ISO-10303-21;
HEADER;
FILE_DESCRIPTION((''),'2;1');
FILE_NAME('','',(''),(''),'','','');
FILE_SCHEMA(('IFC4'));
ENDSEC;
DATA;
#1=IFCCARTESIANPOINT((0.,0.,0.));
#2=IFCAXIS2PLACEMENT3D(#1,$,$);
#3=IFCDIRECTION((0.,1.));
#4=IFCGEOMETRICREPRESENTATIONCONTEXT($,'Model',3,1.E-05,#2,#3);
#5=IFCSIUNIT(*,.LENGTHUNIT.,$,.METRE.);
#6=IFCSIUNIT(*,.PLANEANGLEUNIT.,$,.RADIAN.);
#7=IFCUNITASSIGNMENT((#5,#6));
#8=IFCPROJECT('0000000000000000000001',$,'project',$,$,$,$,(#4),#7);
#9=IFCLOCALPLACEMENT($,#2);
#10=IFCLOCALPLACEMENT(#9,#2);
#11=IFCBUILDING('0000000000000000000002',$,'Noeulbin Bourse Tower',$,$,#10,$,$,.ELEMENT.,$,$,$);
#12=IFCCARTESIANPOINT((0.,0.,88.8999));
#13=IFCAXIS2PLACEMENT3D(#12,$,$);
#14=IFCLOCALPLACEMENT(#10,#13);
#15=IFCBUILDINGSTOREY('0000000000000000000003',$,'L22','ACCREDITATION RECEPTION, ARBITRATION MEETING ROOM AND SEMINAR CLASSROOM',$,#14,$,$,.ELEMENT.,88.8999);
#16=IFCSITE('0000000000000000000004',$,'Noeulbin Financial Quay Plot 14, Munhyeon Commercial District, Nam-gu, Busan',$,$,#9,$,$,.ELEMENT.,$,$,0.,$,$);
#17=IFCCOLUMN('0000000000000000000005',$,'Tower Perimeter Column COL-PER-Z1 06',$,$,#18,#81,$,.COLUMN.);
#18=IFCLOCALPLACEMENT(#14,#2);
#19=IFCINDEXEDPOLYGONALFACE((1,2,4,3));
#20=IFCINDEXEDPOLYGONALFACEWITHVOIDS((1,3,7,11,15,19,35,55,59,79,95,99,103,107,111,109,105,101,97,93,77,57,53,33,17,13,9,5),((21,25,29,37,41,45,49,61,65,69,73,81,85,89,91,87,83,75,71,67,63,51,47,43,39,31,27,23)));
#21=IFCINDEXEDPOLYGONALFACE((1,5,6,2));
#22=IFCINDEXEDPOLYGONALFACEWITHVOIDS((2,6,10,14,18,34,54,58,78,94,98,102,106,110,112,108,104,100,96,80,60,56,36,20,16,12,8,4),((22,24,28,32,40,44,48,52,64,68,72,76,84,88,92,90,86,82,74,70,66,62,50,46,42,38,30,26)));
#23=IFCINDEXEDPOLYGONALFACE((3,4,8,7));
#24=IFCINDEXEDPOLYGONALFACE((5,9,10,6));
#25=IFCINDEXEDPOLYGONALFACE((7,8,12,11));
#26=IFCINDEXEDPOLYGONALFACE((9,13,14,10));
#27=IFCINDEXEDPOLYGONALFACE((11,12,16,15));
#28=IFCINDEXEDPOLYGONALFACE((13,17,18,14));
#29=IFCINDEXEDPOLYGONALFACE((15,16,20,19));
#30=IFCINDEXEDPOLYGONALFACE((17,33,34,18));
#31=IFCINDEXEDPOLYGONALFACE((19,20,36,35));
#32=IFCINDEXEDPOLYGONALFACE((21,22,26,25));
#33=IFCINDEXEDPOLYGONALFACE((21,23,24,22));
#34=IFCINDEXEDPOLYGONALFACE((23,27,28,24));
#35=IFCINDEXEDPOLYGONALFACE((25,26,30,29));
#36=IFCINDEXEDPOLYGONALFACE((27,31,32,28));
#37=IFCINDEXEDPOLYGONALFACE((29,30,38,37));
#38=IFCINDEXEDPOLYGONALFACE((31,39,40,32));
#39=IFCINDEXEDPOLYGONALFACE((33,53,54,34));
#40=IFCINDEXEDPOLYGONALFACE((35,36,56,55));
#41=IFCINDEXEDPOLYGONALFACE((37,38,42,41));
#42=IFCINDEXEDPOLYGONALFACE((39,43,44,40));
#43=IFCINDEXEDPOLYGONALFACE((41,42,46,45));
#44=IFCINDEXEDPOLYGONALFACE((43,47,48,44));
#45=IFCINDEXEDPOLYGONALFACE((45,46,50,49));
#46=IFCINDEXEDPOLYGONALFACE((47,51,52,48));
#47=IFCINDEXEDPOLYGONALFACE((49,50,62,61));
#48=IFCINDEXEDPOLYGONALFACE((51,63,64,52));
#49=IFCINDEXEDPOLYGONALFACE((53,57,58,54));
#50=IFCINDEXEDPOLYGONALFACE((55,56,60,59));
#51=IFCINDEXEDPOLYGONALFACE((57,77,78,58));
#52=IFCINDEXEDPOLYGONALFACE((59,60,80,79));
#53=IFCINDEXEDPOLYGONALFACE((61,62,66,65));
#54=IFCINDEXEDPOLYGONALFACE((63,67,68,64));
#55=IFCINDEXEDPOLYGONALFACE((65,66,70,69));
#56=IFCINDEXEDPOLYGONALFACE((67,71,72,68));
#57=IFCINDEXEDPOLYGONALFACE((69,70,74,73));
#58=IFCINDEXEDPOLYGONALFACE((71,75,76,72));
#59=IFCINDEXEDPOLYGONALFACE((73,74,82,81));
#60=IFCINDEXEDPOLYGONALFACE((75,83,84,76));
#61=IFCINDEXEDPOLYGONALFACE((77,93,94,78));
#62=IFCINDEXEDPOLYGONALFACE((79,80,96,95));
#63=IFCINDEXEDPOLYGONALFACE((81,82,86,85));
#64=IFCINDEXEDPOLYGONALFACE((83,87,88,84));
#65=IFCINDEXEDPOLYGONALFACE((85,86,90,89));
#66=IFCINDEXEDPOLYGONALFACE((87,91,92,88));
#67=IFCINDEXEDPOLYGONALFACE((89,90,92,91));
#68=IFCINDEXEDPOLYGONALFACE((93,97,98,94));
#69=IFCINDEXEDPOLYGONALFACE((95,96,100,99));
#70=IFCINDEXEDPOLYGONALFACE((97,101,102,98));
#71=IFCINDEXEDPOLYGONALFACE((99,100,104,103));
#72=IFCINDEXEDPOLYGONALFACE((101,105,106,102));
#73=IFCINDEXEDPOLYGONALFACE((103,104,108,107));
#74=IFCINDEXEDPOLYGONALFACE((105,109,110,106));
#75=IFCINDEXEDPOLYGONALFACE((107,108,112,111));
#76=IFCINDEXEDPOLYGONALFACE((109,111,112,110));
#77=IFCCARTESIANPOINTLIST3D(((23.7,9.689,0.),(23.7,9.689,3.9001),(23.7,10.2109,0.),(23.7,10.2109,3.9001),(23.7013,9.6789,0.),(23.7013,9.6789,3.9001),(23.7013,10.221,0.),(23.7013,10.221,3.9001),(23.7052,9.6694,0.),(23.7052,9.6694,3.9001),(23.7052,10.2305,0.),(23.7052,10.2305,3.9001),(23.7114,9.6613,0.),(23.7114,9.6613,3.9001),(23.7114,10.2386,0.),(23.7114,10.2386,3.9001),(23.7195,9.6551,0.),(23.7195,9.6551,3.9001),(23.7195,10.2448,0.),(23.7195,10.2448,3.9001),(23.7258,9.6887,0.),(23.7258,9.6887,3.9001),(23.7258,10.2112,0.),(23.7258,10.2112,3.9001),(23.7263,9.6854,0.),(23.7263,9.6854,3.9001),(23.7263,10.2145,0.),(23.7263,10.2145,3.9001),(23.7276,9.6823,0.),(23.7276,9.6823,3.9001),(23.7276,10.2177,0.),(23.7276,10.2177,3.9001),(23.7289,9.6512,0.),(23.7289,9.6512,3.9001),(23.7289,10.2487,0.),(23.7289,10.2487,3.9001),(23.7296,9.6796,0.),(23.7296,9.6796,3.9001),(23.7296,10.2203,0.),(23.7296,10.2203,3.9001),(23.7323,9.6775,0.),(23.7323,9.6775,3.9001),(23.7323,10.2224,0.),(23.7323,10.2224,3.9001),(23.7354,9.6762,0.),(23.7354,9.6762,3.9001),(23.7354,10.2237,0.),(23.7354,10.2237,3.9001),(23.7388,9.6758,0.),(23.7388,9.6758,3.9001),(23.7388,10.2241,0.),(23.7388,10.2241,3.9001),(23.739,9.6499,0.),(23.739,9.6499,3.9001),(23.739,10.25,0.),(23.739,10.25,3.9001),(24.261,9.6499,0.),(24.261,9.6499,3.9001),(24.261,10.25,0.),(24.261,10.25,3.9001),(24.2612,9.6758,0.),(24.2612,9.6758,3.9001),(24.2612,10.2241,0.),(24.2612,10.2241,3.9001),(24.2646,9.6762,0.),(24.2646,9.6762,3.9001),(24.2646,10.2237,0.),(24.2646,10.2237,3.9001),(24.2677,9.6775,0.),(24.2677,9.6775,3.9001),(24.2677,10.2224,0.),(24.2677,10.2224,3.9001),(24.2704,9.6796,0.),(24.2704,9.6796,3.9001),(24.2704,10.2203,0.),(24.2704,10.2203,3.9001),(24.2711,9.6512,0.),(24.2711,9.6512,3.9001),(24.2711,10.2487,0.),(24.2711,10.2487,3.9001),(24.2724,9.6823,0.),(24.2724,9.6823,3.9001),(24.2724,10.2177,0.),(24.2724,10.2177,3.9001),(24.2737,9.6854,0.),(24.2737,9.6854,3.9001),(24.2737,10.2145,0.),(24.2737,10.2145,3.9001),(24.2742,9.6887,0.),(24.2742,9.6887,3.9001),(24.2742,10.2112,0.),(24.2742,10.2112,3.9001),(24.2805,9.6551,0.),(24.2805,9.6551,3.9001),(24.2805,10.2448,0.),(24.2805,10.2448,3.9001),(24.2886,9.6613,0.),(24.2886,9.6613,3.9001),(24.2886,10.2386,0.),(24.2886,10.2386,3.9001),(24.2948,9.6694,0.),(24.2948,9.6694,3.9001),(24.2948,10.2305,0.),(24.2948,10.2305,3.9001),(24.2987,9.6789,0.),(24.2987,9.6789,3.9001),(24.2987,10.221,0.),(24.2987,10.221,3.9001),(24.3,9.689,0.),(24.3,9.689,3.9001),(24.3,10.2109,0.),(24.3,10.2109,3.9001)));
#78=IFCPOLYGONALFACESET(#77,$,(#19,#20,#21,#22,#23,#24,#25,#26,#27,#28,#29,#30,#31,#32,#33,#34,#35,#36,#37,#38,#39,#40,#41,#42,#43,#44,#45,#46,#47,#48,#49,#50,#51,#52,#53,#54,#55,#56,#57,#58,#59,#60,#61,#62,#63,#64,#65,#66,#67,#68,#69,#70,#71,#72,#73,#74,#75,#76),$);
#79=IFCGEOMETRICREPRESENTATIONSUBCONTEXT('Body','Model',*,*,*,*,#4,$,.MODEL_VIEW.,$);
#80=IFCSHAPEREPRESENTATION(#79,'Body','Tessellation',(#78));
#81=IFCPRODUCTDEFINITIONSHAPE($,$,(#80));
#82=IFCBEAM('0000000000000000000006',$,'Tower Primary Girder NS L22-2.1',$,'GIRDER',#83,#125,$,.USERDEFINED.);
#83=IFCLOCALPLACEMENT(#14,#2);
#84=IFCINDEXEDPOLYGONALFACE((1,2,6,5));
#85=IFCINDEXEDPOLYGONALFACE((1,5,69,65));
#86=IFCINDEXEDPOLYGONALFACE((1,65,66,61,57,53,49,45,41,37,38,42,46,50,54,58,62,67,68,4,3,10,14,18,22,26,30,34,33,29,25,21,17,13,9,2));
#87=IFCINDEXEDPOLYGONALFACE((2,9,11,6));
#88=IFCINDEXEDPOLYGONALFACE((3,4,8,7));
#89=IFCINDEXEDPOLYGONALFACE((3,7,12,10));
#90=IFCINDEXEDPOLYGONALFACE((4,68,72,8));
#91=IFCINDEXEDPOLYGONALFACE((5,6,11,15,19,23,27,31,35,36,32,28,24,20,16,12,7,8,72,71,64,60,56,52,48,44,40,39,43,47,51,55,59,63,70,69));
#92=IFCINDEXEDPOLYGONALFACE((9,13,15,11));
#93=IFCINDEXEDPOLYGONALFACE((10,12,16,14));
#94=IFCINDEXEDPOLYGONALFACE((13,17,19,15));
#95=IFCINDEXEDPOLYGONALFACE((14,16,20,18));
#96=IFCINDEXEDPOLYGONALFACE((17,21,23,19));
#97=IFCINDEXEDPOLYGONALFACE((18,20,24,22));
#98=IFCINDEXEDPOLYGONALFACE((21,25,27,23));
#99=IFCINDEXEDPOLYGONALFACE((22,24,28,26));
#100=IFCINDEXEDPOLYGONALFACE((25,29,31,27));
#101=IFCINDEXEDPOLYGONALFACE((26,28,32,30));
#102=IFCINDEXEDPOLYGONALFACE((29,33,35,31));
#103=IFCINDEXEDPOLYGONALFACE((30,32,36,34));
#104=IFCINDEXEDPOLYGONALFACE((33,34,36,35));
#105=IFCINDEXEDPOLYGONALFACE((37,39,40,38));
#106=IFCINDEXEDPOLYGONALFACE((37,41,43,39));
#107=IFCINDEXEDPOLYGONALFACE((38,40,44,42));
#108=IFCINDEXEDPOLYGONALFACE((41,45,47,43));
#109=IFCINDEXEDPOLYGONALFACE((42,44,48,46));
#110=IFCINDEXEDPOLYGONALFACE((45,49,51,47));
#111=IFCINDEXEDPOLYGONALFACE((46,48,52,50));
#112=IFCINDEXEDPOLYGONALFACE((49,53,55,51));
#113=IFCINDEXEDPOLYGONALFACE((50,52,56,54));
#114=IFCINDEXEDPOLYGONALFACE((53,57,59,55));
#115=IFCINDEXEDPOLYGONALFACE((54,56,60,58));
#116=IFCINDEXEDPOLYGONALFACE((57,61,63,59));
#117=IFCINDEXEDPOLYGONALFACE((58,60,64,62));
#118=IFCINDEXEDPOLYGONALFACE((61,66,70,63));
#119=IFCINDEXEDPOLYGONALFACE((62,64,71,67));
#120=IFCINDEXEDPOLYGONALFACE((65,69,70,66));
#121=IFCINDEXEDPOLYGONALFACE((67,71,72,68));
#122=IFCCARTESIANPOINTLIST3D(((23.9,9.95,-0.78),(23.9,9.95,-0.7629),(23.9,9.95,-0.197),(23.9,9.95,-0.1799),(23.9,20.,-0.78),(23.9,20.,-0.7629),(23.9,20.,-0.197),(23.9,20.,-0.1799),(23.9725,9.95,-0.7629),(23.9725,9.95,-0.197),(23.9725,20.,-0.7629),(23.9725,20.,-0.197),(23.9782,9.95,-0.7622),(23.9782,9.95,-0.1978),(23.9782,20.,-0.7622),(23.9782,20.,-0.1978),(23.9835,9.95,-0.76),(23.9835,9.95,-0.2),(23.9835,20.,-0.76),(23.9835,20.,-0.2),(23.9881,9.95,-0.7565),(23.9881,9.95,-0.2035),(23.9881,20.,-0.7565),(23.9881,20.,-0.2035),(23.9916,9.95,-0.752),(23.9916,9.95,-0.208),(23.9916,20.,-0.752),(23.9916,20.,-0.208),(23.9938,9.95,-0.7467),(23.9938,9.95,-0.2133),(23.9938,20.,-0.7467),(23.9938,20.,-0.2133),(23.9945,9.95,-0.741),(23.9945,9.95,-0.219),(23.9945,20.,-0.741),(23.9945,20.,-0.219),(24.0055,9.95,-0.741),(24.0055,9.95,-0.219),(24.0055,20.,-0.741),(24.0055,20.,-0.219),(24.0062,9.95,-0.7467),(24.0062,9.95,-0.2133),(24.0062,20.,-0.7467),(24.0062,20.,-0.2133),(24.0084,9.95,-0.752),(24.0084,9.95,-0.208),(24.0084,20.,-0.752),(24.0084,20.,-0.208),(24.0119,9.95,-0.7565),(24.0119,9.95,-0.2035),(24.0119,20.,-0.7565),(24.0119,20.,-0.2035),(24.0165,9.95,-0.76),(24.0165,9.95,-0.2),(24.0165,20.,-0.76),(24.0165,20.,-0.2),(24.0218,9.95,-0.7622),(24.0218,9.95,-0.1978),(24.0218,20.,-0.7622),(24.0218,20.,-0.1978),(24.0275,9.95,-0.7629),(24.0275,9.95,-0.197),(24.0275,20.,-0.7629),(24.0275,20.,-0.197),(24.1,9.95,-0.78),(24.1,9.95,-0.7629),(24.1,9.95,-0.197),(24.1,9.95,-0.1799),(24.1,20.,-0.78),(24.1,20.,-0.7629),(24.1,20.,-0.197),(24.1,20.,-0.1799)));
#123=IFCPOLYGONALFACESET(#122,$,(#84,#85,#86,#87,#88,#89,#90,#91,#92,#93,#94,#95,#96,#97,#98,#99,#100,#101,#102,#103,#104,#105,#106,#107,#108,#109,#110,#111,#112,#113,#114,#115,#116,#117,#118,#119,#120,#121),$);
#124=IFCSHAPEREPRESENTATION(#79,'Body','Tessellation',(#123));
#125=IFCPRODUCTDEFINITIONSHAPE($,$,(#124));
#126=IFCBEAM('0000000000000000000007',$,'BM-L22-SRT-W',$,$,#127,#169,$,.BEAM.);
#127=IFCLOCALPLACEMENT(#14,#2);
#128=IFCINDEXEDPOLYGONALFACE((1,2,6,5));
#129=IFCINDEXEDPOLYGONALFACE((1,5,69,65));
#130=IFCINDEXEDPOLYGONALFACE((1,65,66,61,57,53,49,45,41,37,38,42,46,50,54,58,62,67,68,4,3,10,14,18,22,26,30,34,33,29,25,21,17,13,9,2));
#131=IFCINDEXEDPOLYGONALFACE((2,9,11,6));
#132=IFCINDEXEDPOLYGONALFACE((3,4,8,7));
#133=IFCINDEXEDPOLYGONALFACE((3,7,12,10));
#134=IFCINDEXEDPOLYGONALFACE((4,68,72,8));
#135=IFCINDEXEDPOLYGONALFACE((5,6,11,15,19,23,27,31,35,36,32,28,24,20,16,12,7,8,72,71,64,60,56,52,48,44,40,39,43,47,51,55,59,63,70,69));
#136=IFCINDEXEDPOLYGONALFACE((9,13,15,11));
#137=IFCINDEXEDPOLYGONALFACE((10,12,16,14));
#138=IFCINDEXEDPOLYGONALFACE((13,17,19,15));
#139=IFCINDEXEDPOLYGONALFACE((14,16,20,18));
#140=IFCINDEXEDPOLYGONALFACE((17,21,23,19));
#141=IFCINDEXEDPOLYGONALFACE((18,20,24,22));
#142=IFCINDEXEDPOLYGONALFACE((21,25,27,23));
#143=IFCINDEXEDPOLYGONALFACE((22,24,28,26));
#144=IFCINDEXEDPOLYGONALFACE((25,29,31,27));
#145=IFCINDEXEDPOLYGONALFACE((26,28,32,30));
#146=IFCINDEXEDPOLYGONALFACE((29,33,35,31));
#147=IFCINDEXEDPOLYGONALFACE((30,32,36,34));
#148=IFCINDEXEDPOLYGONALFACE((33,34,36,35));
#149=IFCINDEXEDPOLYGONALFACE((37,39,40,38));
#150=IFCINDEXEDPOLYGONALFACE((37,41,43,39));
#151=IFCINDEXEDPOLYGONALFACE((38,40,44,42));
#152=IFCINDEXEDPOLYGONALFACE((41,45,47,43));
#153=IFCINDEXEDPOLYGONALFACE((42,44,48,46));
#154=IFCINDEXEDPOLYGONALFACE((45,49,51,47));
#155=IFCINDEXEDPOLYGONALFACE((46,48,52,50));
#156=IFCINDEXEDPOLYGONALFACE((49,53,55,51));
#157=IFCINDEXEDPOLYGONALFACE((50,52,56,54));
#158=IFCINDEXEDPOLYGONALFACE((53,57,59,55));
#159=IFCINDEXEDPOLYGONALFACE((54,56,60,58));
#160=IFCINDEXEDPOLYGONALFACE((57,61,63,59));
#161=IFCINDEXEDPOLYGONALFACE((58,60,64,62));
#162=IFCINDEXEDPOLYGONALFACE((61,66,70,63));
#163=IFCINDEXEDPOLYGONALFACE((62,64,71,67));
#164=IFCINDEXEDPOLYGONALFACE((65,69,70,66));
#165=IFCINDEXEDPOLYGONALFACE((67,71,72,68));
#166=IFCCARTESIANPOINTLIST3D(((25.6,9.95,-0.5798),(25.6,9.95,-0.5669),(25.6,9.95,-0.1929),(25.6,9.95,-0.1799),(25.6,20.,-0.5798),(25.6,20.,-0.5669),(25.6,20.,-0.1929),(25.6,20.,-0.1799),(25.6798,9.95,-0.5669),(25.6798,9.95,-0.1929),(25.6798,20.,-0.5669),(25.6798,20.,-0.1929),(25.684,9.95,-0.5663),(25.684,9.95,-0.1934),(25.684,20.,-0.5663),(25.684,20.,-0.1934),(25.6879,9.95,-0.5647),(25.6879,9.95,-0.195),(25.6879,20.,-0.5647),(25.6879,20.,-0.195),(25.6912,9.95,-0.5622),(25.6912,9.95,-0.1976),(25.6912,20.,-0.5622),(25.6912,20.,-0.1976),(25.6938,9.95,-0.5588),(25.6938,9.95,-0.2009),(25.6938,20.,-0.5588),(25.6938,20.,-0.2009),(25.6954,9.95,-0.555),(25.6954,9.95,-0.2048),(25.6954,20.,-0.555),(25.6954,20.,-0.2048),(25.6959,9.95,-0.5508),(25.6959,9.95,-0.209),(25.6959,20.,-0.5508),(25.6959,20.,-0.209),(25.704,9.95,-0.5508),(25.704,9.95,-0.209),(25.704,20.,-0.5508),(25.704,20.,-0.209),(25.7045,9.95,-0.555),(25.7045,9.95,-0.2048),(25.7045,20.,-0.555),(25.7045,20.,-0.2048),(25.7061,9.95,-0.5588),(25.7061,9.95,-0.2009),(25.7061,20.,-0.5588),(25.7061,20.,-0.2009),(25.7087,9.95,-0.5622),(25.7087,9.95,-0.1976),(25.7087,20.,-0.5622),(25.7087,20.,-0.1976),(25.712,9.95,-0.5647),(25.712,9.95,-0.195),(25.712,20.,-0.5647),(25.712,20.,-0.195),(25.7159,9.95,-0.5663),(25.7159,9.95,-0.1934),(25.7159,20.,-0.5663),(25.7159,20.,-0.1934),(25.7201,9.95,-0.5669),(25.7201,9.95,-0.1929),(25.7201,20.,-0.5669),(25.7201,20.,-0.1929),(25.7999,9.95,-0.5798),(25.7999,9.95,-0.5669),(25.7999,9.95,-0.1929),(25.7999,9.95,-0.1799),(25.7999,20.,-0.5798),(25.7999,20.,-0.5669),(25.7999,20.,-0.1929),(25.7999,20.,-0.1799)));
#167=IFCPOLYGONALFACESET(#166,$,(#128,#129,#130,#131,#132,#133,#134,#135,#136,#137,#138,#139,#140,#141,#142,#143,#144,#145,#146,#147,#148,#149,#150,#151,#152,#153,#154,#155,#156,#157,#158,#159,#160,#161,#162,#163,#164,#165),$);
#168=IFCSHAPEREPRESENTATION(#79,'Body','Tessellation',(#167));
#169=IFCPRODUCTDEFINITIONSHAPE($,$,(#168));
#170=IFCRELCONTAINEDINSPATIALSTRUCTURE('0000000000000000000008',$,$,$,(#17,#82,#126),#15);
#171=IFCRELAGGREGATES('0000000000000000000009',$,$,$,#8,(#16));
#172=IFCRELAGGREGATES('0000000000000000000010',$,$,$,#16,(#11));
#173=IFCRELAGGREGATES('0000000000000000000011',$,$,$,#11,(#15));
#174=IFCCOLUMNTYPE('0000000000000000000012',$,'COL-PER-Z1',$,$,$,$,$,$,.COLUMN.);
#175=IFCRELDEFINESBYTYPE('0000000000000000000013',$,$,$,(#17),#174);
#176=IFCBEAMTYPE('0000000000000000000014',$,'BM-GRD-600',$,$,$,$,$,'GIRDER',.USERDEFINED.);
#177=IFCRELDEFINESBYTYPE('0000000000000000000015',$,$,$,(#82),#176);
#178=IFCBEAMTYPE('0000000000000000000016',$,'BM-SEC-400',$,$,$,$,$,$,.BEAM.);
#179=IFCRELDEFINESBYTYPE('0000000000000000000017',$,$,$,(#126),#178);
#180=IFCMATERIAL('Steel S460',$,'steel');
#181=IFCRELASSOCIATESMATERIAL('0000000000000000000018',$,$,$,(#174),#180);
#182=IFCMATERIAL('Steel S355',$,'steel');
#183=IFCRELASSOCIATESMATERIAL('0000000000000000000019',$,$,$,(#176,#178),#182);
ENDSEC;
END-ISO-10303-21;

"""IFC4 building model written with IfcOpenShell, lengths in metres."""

from ifc_helpers import new_model, si_unit, direction, frame, origin, origin_2d, place, context, subcontext, project, spatial, hollow_rectangle, i_section, extrude, material, material_profile, profile_set, type_object, element, save


model = new_model("IFC4")

# Units and contexts
model_context = context("Model", 3, precision=1e-05, world=origin(), true_north=direction((0.0, 1.0)))
body_context = subcontext(model_context, "Body", "Model", "MODEL_VIEW")
ifc_project = project(units=[si_unit("LENGTHUNIT", "METRE"), si_unit("PLANEANGLEUNIT", "RADIAN")], contexts=[model_context])

# Site, building, storey
site_placement = place(None, origin())
site = spatial("IfcSite", under=ifc_project, at=site_placement, Name="Noeulbin Financial Quay Plot 14, Munhyeon Commercial District, Nam-gu, Busan", CompositionType="ELEMENT", RefElevation=0.0)
building_placement = place(site_placement, origin())
building = spatial("IfcBuilding", under=site, at=building_placement, Name="Noeulbin Bourse Tower", CompositionType="ELEMENT")
storey_placement = place(building_placement, frame((0.0, 0.0, 88.8999)))
storey = spatial("IfcBuildingStorey", under=building, at=storey_placement, Name="L22", Description="ACCREDITATION RECEPTION, ARBITRATION MEETING ROOM AND SEMINAR CLASSROOM", CompositionType="ELEMENT", Elevation=88.8999)

# Column
ifc_material_1 = material(Name="Steel S460", Category="steel")
ifc_material_profile_1 = material_profile(ifc_material_1, hollow_rectangle(XDim=0.6001, YDim=0.6001, WallThickness=0.0259, InnerFilletRadius=0.0129, OuterFilletRadius=0.0391, at=origin_2d()), Name="BOX-600x600x26", Category="LoadBearing")
ifc_profile_set_1 = profile_set([ifc_material_profile_1], Name="Steel S460")
column_type = type_object("IfcColumnType", Name="COL-PER-Z1", PredefinedType="COLUMN", material=ifc_profile_set_1)
column_placement = place(storey_placement, frame((24.0, 9.95, 0.0), z_axis=(0.0, 0.0, 1.0), x_axis=(1.0, 0.0, 0.0)))
element("IfcColumn", 1, at=column_placement, inside=storey, type_object=column_type, Name="Tower Perimeter Column COL-PER-Z1 06", PredefinedType="COLUMN", context=body_context, shape_type="SweptSolid", body=[
    extrude(hollow_rectangle(XDim=0.6001, YDim=0.6001, WallThickness=0.0259, InnerFilletRadius=0.0129, OuterFilletRadius=0.0391, at=origin_2d()), origin(), (0.0, 0.0, 1.0), 3.9001),
])

# Beams
ifc_material_2 = material(Name="Steel S355", Category="steel")
ifc_material_profile_2 = material_profile(ifc_material_2, i_section(OverallWidth=0.2, OverallDepth=0.6001, WebThickness=0.011, FlangeThickness=0.0171, FilletRadius=0.022, at=origin_2d()), Name="H-600x200x11x17", Category="LoadBearing")
ifc_profile_set_2 = profile_set([ifc_material_profile_2], Name="Steel S355")
beam_type_1 = type_object("IfcBeamType", Name="BM-GRD-600", ElementType="GIRDER", PredefinedType="USERDEFINED", material=ifc_profile_set_2)
beam_1_placement = place(storey_placement, frame((24.0, 9.95, -0.48), z_axis=(0.0, 1.0, 0.0), x_axis=(-1.0, 0.0, 0.0)))
element("IfcBeam", 2, at=beam_1_placement, inside=storey, type_object=beam_type_1, Name="Tower Primary Girder NS L22-2.1", ObjectType="GIRDER", PredefinedType="USERDEFINED", context=body_context, shape_type="SweptSolid", body=[
    extrude(i_section(OverallWidth=0.2, OverallDepth=0.6001, WebThickness=0.011, FlangeThickness=0.0171, FilletRadius=0.022, at=origin_2d()), origin(), (0.0, 0.0, 1.0), 10.05),
])
ifc_material_profile_3 = material_profile(ifc_material_2, i_section(OverallWidth=0.2, OverallDepth=0.3999, WebThickness=0.0081, FlangeThickness=0.0129, FilletRadius=0.0161, at=origin_2d()), Name="H-400x200x8x13", Category="LoadBearing")
ifc_profile_set_3 = profile_set([ifc_material_profile_3], Name="Steel S355")
beam_type_2 = type_object("IfcBeamType", Name="BM-SEC-400", PredefinedType="BEAM", material=ifc_profile_set_3)
beam_2_placement = place(storey_placement, frame((25.7, 9.95, -0.3799), z_axis=(0.0, 1.0, 0.0), x_axis=(-1.0, 0.0, 0.0)))
element("IfcBeam", 3, at=beam_2_placement, inside=storey, type_object=beam_type_2, Name="BM-L22-SRT-W", PredefinedType="BEAM", context=body_context, shape_type="SweptSolid", body=[
    extrude(i_section(OverallWidth=0.2, OverallDepth=0.3999, WebThickness=0.0081, FlangeThickness=0.0129, FilletRadius=0.0161, at=origin_2d()), origin(), (0.0, 0.0, 1.0), 10.05),
])

save(model, "model.ifc")
